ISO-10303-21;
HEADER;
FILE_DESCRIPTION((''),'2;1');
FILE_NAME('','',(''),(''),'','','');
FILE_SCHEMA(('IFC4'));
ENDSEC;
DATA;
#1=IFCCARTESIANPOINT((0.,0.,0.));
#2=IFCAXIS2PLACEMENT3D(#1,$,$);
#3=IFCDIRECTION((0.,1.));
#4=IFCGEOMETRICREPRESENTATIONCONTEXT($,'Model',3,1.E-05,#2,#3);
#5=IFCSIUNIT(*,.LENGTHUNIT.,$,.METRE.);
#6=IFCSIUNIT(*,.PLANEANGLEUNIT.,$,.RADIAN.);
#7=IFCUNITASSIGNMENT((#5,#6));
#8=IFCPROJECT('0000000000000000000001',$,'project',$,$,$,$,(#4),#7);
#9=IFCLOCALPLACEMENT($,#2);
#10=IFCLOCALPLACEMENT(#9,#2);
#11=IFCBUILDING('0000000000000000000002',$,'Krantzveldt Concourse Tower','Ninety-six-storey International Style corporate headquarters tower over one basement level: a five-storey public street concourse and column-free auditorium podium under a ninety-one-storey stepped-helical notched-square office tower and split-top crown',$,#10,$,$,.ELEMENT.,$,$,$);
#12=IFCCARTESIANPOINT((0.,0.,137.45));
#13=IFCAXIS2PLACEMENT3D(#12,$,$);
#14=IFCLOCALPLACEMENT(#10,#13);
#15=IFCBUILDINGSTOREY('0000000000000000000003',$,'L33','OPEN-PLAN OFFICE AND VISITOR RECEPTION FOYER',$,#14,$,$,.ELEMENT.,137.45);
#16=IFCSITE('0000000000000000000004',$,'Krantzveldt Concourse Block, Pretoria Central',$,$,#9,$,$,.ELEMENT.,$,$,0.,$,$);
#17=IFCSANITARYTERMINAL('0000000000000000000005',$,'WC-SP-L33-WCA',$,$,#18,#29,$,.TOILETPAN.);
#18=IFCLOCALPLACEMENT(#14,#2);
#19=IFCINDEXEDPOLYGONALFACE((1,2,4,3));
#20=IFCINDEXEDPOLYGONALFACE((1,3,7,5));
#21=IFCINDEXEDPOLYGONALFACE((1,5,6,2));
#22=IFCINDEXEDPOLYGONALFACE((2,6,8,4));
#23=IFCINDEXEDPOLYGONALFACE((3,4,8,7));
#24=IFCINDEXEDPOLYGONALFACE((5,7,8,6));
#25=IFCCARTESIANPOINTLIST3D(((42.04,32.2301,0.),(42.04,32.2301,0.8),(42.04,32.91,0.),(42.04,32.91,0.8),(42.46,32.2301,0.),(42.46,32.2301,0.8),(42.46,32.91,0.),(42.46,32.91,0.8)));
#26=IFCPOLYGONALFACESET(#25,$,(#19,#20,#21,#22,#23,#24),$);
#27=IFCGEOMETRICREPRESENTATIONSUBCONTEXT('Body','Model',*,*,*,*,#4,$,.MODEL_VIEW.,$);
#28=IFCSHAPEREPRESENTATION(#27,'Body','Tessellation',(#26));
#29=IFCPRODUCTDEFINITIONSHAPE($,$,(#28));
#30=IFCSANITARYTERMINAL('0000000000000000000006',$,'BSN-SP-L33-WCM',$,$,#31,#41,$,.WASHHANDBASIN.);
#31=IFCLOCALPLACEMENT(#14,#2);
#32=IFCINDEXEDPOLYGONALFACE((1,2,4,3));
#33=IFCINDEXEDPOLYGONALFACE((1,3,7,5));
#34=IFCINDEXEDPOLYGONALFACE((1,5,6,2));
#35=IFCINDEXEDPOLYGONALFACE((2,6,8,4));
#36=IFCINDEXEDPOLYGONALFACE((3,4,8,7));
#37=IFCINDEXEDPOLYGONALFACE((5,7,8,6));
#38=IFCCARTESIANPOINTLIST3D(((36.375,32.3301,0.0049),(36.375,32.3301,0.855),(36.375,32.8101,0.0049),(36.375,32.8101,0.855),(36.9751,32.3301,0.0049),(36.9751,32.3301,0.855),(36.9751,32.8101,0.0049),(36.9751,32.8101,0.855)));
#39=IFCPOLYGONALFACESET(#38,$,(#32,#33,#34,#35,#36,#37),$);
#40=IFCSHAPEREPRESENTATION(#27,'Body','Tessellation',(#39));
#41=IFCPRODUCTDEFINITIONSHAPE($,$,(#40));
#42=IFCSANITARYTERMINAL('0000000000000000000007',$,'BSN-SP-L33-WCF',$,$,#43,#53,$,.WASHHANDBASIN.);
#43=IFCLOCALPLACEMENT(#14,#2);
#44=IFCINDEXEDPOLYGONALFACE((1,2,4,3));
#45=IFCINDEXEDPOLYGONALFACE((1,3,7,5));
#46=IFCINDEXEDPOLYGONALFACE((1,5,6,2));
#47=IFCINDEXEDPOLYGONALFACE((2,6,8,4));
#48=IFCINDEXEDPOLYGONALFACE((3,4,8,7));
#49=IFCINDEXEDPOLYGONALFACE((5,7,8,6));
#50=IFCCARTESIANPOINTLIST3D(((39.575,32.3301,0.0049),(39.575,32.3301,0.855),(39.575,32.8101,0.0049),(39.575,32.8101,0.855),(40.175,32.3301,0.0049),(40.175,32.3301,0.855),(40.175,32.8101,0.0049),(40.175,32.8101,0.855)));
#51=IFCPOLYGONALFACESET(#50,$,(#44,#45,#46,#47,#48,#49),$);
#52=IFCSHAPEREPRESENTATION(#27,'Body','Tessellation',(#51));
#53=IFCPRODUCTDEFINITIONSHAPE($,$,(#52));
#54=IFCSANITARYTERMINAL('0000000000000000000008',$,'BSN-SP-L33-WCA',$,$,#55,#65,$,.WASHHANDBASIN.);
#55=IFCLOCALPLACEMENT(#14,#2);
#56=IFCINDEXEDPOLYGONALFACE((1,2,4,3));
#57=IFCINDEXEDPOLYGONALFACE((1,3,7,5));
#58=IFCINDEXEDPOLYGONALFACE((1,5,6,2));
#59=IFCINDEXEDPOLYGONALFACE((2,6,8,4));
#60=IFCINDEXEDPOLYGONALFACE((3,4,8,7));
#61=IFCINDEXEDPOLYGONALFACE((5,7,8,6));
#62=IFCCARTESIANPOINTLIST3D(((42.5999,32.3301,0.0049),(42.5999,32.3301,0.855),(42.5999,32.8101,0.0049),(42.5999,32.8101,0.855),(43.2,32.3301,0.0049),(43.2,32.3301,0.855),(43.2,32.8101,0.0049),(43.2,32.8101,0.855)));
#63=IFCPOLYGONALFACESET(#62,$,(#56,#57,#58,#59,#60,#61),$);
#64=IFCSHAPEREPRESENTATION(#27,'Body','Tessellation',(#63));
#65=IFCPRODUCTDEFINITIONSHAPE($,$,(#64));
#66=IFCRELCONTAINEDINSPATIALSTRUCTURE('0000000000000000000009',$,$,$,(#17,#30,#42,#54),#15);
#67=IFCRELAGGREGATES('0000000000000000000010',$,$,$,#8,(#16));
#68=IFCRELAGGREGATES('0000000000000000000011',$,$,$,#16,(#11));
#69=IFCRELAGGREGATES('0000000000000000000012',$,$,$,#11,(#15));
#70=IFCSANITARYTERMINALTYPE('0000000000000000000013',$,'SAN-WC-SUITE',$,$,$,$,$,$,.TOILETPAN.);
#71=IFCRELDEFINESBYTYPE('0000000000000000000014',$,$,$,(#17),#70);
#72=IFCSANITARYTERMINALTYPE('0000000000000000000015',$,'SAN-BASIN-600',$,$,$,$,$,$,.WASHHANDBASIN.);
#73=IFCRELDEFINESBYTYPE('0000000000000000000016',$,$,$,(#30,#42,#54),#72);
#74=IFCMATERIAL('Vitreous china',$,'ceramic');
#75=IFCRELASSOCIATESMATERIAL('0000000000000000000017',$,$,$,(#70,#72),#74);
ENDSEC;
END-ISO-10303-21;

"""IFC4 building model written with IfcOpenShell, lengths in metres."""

from ifc_helpers import new_model, si_unit, direction, frame, origin, origin_2d, place, context, subcontext, project, spatial, rectangle, extrude, source, transform, mapped, material, type_object, type_shapes, element, save


model = new_model("IFC4")

# Units and contexts
model_context = context("Model", 3, precision=1e-05, world=origin(), true_north=direction((0.0, 1.0)))
body_context = subcontext(model_context, "Body", "Model", "MODEL_VIEW")
ifc_project = project(units=[si_unit("LENGTHUNIT", "METRE"), si_unit("PLANEANGLEUNIT", "RADIAN")], contexts=[model_context])

# Site, building, storey
site_placement = place(None, origin())
site = spatial("IfcSite", under=ifc_project, at=site_placement, Name="Krantzveldt Concourse Block, Pretoria Central", CompositionType="ELEMENT", RefElevation=0.0)
building_placement = place(site_placement, origin())
building = spatial("IfcBuilding", under=site, at=building_placement, Name="Krantzveldt Concourse Tower", Description="Ninety-six-storey International Style corporate headquarters tower over one basement level: a five-storey public street concourse and column-free auditorium podium under a ninety-one-storey stepped-helical notched-square office tower and split-top crown", CompositionType="ELEMENT")
storey_placement = place(building_placement, frame((0.0, 0.0, 137.45)))
storey = spatial("IfcBuildingStorey", under=building, at=storey_placement, Name="L33", Description="OPEN-PLAN OFFICE AND VISITOR RECEPTION FOYER", CompositionType="ELEMENT", Elevation=137.45)

# Sanitary terminals
ifc_material_1 = material(Name="Vitreous china", Category="ceramic")
sanitary_terminal_type_1 = type_object("IfcSanitaryTerminalType", Name="SAN-WC-SUITE", PredefinedType="TOILETPAN", material=ifc_material_1)
shared_shape_1 = source(origin(), body_context, "Body", "SweptSolid", [
    extrude(rectangle(XDim=0.4199, YDim=0.6799, at=origin_2d()), origin(), (0.0, 0.0, 1.0), 0.8),
])
type_shapes(sanitary_terminal_type_1, [shared_shape_1])
for number, where, z_axis, x_axis, name in (
    (1, (42.25, 32.5701, 0.0), (0.0, 0.0, 1.0), (1.0, 0.0, 0.0), "WC-SP-L33-WCA"),
):
    element("IfcSanitaryTerminal", number, at=place(storey_placement, frame(where, z_axis=z_axis, x_axis=x_axis)), inside=storey, type_object=sanitary_terminal_type_1, Name=name, PredefinedType="TOILETPAN", context=body_context, shape_type="MappedRepresentation", body=[
        mapped(shared_shape_1, transform((0.0, 0.0, 0.0), x_axis=(1.0, 0.0, 0.0), y_axis=(0.0, 1.0, 0.0), z_axis=(0.0, 0.0, 1.0), scale=1.0)),
    ])
sanitary_terminal_type_2 = type_object("IfcSanitaryTerminalType", Name="SAN-BASIN-600", PredefinedType="WASHHANDBASIN", material=ifc_material_1)
shared_shape_2 = source(origin(), body_context, "Body", "SweptSolid", [
    extrude(rectangle(XDim=0.6001, YDim=0.48, at=origin_2d()), origin(), (0.0, 0.0, 1.0), 0.8501),
])
type_shapes(sanitary_terminal_type_2, [shared_shape_2])
for number, where, z_axis, x_axis, name in (
    (2, (36.675, 32.5701, 0.0049), (0.0, 0.0, 1.0), (1.0, 0.0, 0.0), "BSN-SP-L33-WCM"),
    (3, (39.875, 32.5701, 0.0049), (0.0, 0.0, 1.0), (1.0, 0.0, 0.0), "BSN-SP-L33-WCF"),
    (4, (42.8999, 32.5701, 0.0049), (0.0, 0.0, 1.0), (1.0, 0.0, 0.0), "BSN-SP-L33-WCA"),
):
    element("IfcSanitaryTerminal", number, at=place(storey_placement, frame(where, z_axis=z_axis, x_axis=x_axis)), inside=storey, type_object=sanitary_terminal_type_2, Name=name, PredefinedType="WASHHANDBASIN", context=body_context, shape_type="MappedRepresentation", body=[
        mapped(shared_shape_2, transform((0.0, 0.0, 0.0), x_axis=(1.0, 0.0, 0.0), y_axis=(0.0, 1.0, 0.0), z_axis=(0.0, 0.0, 1.0), scale=1.0)),
    ])

save(model, "model.ifc")
